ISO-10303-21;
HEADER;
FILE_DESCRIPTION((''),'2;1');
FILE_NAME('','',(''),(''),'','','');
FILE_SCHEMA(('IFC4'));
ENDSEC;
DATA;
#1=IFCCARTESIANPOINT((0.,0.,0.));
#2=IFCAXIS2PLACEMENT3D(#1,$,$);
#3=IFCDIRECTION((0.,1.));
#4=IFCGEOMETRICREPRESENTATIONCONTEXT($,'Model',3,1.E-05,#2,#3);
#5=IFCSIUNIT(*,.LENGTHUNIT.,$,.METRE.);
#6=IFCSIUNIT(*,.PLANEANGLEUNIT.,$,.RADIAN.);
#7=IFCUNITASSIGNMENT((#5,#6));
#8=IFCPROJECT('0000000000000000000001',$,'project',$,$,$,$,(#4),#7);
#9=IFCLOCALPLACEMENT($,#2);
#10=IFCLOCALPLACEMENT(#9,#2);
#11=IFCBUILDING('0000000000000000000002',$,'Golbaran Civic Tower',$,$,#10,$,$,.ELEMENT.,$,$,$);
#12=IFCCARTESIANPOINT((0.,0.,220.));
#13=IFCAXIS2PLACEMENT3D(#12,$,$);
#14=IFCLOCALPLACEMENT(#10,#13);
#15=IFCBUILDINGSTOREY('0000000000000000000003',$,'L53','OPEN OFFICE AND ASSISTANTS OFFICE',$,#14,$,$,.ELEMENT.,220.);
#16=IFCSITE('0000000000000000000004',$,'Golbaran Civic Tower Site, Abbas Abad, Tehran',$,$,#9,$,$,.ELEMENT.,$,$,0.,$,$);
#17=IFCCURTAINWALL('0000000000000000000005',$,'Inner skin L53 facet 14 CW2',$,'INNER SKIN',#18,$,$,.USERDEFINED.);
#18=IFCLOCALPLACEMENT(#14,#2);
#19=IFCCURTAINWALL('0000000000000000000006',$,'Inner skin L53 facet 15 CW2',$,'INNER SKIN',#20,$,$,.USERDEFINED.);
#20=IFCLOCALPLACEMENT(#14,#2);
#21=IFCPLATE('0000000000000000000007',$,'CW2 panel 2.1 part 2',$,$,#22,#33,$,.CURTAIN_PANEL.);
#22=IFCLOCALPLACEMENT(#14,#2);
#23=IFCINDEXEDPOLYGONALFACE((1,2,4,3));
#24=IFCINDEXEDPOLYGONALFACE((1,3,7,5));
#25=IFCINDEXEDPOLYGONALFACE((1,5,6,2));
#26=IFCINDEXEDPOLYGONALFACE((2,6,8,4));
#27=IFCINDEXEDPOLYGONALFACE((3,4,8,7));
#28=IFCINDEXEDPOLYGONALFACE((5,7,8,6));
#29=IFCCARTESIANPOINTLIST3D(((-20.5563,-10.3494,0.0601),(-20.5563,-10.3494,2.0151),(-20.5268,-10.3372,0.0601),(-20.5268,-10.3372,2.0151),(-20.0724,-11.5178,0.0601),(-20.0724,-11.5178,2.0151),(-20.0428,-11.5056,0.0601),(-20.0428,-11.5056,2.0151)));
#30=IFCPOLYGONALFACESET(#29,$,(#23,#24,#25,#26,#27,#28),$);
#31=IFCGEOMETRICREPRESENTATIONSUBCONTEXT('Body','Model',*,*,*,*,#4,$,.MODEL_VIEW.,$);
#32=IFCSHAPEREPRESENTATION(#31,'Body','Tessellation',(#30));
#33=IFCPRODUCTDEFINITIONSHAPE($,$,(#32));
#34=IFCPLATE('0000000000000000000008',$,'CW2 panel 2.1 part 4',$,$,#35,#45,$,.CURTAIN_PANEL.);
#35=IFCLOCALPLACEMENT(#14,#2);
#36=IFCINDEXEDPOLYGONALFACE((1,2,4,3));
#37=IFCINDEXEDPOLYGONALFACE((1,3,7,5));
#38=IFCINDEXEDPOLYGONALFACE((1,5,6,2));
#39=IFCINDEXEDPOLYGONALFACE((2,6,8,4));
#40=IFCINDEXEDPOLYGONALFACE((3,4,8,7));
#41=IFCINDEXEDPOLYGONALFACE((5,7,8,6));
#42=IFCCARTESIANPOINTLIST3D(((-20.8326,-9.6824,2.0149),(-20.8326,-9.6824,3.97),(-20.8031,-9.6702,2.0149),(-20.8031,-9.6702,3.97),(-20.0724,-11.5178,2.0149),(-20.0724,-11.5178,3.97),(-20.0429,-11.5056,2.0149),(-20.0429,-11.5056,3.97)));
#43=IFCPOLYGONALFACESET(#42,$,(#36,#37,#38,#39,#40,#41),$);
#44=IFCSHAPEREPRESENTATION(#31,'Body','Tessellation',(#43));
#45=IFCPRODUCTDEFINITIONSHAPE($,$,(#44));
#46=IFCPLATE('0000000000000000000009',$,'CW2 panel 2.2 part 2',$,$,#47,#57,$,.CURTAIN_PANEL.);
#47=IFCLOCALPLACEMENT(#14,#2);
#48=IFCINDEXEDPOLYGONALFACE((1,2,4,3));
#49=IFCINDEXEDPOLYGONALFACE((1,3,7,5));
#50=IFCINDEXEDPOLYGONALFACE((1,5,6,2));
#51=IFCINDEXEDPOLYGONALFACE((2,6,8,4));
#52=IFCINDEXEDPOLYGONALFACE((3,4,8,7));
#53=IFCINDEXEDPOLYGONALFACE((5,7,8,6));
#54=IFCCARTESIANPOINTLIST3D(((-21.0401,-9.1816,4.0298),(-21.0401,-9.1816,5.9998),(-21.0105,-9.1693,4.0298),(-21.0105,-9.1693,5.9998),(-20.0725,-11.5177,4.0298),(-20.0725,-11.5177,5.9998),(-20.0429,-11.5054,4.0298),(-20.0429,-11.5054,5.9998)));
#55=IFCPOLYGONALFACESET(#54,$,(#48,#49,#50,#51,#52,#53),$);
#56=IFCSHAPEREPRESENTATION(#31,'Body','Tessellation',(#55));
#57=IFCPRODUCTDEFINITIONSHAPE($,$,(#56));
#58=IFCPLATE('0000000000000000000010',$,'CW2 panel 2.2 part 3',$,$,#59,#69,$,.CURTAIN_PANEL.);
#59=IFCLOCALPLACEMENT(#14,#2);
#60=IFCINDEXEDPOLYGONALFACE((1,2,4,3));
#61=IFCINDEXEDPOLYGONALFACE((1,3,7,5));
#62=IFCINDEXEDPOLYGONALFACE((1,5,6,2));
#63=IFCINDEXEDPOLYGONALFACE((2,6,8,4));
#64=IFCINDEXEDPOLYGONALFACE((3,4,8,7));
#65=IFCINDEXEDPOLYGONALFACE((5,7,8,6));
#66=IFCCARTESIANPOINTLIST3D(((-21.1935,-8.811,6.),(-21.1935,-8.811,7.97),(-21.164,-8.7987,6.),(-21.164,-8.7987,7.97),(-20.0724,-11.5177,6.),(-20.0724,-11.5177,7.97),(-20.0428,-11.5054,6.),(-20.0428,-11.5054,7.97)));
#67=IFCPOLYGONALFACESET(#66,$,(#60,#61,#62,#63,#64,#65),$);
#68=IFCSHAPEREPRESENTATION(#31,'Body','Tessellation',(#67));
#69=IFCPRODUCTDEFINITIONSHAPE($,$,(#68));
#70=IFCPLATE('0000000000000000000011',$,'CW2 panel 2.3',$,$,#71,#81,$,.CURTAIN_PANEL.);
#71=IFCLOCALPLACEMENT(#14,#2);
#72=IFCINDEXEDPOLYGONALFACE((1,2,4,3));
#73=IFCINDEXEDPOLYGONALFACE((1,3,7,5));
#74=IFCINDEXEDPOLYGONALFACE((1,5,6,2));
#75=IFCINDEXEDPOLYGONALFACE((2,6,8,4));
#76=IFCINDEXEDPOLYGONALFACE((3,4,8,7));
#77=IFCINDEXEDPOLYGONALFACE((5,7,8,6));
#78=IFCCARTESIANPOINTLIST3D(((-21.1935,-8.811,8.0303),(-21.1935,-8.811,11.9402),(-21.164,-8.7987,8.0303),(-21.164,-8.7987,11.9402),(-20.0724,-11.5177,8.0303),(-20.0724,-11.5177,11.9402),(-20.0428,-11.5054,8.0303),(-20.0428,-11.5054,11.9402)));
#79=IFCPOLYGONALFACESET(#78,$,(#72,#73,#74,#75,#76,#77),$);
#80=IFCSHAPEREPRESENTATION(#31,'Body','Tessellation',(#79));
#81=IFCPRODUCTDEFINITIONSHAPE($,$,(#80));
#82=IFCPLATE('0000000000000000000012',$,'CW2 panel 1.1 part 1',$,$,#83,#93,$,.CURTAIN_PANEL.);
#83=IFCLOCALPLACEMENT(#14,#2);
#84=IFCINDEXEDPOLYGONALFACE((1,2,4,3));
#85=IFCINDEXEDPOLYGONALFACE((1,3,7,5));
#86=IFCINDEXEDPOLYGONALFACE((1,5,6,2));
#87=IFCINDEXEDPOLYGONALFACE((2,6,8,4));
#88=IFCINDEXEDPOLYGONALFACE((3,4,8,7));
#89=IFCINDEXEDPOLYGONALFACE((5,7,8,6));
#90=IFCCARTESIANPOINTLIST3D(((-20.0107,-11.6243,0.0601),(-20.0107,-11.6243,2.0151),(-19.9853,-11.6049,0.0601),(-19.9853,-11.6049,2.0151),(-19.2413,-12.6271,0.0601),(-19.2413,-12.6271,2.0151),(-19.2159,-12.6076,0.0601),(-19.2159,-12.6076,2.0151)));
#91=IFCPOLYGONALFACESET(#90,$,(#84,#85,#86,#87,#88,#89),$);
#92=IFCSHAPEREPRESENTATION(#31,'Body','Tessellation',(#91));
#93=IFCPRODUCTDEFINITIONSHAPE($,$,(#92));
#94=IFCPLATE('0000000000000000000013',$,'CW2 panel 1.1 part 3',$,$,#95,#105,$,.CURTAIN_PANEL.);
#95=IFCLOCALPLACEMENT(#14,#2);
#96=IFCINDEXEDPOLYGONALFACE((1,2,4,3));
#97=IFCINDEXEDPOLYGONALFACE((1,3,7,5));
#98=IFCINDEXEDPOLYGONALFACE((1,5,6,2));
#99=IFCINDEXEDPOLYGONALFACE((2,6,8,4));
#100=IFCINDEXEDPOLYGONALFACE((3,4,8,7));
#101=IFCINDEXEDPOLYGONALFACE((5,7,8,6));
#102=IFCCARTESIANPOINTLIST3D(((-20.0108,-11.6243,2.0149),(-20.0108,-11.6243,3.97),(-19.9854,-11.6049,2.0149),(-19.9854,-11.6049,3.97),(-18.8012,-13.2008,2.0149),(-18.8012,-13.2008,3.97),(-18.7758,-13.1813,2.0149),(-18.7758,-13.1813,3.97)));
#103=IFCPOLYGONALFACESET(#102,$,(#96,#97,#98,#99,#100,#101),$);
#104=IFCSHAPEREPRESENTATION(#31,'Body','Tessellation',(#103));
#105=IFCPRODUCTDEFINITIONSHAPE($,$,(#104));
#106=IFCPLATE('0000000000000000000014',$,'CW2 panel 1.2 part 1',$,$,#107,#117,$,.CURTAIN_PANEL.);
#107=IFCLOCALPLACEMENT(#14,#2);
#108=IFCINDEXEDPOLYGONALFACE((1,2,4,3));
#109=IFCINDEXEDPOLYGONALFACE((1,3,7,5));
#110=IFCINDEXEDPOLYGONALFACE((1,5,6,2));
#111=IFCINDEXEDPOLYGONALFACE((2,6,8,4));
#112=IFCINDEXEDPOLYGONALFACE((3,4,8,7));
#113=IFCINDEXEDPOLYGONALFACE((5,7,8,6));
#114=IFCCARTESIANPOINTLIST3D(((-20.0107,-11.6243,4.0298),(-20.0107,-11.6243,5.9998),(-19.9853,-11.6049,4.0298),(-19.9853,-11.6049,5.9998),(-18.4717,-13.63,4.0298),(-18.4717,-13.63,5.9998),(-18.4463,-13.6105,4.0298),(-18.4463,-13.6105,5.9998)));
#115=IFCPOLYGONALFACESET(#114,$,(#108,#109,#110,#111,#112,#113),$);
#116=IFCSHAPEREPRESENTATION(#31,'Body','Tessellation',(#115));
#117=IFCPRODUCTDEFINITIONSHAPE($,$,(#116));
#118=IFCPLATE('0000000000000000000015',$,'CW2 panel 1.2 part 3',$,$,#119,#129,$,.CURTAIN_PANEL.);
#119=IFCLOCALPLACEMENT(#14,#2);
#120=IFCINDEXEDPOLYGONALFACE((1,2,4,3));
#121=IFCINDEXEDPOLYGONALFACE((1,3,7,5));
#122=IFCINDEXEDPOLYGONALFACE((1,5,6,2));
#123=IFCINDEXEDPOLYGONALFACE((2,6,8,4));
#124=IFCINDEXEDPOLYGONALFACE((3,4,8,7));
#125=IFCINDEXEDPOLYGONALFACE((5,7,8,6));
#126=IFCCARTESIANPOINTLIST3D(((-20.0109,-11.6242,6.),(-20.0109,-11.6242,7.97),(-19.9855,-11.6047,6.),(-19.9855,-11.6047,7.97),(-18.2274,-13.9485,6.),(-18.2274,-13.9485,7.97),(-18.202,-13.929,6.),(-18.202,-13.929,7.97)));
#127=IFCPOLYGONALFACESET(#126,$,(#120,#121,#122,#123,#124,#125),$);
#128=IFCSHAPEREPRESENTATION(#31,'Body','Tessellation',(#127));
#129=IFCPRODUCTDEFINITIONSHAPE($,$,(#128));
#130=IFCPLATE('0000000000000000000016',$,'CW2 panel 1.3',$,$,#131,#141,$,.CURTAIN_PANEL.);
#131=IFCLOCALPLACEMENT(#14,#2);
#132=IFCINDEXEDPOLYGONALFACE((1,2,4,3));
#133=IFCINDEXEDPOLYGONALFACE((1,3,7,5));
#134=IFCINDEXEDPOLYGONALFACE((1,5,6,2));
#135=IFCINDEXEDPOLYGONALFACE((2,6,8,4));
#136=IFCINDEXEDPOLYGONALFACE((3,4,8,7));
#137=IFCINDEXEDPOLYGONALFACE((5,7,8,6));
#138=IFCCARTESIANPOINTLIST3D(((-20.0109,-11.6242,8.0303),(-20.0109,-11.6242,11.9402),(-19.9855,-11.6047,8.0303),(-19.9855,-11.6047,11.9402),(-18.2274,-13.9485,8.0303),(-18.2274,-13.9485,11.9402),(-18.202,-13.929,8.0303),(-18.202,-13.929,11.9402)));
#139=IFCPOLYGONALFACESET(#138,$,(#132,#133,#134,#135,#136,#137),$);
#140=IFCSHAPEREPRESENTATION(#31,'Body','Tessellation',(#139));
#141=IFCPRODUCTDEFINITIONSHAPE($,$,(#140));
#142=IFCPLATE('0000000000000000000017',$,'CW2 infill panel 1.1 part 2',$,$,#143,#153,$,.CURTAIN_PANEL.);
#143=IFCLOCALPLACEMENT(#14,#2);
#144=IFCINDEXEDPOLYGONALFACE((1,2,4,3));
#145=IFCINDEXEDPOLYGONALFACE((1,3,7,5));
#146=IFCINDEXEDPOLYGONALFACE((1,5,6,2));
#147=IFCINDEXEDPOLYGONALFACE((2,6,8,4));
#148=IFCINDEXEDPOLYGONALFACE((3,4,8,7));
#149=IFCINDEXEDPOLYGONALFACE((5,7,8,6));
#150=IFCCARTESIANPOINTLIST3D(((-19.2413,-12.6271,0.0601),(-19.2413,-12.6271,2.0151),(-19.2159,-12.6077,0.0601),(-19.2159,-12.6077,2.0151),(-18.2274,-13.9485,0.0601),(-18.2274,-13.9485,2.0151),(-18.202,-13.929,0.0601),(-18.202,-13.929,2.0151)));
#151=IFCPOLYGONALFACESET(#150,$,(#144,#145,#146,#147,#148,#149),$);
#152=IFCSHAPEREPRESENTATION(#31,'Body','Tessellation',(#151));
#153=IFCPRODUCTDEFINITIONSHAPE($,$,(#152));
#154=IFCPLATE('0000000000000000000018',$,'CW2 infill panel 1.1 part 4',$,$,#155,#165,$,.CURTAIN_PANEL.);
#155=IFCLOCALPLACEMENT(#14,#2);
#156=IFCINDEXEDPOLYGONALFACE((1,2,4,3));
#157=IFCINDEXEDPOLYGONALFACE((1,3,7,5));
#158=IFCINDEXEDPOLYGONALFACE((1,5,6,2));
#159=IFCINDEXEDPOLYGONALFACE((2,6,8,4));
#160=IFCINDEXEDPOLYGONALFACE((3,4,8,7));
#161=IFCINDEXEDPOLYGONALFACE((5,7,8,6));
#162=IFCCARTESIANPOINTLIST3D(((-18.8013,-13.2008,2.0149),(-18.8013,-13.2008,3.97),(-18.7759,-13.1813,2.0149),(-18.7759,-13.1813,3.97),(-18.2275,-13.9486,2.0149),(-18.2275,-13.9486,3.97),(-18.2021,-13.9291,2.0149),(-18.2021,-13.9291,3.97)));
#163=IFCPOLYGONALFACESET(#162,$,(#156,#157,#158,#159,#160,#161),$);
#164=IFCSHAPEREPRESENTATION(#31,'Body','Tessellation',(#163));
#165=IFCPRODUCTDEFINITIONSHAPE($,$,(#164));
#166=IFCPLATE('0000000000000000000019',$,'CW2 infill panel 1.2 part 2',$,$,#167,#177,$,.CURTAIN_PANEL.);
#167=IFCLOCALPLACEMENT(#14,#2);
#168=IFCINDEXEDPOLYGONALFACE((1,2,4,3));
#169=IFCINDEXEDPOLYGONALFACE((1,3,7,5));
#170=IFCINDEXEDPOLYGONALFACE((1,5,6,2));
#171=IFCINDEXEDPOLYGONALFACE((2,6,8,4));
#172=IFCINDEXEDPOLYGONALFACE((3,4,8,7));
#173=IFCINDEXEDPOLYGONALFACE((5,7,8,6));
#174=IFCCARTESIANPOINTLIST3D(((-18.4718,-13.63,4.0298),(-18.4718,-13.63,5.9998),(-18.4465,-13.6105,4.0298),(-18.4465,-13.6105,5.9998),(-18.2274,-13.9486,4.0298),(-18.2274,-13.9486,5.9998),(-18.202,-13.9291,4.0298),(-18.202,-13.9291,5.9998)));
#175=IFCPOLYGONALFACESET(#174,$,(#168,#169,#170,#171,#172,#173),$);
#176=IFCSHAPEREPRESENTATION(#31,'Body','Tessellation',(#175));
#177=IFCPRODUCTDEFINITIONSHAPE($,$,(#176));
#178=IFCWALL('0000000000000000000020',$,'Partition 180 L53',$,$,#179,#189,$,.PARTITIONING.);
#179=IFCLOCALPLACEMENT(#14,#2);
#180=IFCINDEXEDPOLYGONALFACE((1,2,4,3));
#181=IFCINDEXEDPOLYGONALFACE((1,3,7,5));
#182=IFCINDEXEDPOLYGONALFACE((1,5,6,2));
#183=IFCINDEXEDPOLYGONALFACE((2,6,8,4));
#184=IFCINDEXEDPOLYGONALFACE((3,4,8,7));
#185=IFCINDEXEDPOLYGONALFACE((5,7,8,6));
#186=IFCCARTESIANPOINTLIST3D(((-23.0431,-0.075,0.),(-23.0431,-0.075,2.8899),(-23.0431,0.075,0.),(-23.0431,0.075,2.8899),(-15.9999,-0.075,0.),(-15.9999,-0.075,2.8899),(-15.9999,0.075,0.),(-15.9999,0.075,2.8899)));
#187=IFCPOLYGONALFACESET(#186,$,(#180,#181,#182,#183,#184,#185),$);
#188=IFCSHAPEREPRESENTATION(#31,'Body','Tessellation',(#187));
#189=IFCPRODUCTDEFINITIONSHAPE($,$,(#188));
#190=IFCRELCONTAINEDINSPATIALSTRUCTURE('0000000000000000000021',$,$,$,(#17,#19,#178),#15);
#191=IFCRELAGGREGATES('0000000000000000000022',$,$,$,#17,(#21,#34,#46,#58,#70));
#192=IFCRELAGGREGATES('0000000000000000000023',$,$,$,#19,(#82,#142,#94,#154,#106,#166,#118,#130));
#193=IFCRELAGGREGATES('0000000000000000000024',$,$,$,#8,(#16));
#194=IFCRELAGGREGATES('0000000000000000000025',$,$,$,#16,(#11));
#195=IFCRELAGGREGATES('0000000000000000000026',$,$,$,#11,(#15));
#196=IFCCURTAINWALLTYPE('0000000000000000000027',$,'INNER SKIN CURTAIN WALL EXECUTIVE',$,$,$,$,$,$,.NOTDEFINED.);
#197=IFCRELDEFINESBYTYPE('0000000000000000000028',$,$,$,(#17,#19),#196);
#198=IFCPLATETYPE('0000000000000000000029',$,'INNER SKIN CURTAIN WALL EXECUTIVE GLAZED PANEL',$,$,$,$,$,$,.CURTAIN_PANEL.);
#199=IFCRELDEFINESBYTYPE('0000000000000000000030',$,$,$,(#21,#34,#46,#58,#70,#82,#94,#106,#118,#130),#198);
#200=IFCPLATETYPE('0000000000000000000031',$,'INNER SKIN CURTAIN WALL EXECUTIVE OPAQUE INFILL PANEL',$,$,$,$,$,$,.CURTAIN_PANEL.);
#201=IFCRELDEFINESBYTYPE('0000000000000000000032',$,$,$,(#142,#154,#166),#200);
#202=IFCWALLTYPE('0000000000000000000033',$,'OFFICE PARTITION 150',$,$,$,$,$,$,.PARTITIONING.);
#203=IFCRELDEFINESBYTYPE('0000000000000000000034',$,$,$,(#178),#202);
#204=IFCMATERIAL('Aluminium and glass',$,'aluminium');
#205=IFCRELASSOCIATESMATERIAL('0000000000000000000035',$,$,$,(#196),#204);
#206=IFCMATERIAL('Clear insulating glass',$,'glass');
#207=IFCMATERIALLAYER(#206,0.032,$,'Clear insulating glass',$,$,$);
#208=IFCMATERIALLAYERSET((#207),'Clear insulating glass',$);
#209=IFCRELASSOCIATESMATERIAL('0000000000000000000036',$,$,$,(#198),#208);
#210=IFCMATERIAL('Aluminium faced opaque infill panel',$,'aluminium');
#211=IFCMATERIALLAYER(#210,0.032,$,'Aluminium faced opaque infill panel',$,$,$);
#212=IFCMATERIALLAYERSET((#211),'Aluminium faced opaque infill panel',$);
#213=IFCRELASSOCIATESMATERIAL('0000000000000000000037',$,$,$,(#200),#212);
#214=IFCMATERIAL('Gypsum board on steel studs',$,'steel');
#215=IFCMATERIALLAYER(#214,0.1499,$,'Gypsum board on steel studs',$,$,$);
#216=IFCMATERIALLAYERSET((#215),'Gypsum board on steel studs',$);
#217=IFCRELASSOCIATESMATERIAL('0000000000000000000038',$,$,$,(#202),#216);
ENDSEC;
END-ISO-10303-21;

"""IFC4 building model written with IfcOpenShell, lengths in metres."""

from ifc_helpers import new_model, si_unit, direction, frame, frame_2d, origin, origin_2d, place, context, subcontext, project, spatial, rectangle, extrude, material, layer, layer_set, type_object, element, aggregate, save


model = new_model("IFC4")

# Units and contexts
model_context = context("Model", 3, precision=1e-05, world=origin(), true_north=direction((0.0, 1.0)))
body_context = subcontext(model_context, "Body", "Model", "MODEL_VIEW")
ifc_project = project(units=[si_unit("LENGTHUNIT", "METRE"), si_unit("PLANEANGLEUNIT", "RADIAN")], contexts=[model_context])

# Site, building, storey
site_placement = place(None, origin())
site = spatial("IfcSite", under=ifc_project, at=site_placement, Name="Golbaran Civic Tower Site, Abbas Abad, Tehran", CompositionType="ELEMENT", RefElevation=0.0)
building_placement = place(site_placement, origin())
building = spatial("IfcBuilding", under=site, at=building_placement, Name="Golbaran Civic Tower", CompositionType="ELEMENT")
storey_placement = place(building_placement, frame((0.0, 0.0, 220.0)))
storey = spatial("IfcBuildingStorey", under=building, at=storey_placement, Name="L53", Description="OPEN OFFICE AND ASSISTANTS OFFICE", CompositionType="ELEMENT", Elevation=220.0)

# Curtain wall
ifc_material_1 = material(Name="Aluminium and glass", Category="aluminium")
curtain_wall_type = type_object("IfcCurtainWallType", Name="INNER SKIN CURTAIN WALL EXECUTIVE", PredefinedType="NOTDEFINED", material=ifc_material_1)
curtain_wall_1_placement = place(storey_placement, origin())
curtain_wall_1 = element("IfcCurtainWall", 1, at=curtain_wall_1_placement, inside=storey, type_object=curtain_wall_type, Name="Inner skin L53 facet 14 CW2", ObjectType="INNER SKIN", PredefinedType="USERDEFINED")

# Curtain wall
curtain_wall_2_placement = place(storey_placement, origin())
curtain_wall_2 = element("IfcCurtainWall", 2, at=curtain_wall_2_placement, inside=storey, type_object=curtain_wall_type, Name="Inner skin L53 facet 15 CW2", ObjectType="INNER SKIN", PredefinedType="USERDEFINED")

# Plates
ifc_material_2 = material(Name="Clear insulating glass", Category="glass")
ifc_layer_1 = layer(ifc_material_2, 0.032, Name="Clear insulating glass")
ifc_layer_set_1 = layer_set([ifc_layer_1], Name="Clear insulating glass")
plate_type_1 = type_object("IfcPlateType", Name="INNER SKIN CURTAIN WALL EXECUTIVE GLAZED PANEL", PredefinedType="CURTAIN_PANEL", material=ifc_layer_set_1)
plate_1_placement = place(storey_placement, frame((-20.2996, -10.9275, 0.0601), z_axis=(0.0, 0.0, 1.0), x_axis=(0.382683, -0.92388, 0.0)))
plate_1 = element("IfcPlate", 3, at=plate_1_placement, type_object=plate_type_1, Name="CW2 panel 2.1 part 2", PredefinedType="CURTAIN_PANEL", context=body_context, shape_type="SweptSolid", body=[
    extrude(rectangle(XDim=1.2646, YDim=0.032, at=origin_2d()), origin(), (0.0, 0.0, 1.0), 1.9551),
])
plate_2_placement = place(storey_placement, frame((-20.4377, -10.594, 2.0149), z_axis=(0.0, 0.0, 1.0), x_axis=(0.382683, -0.92388, 0.0)))
plate_2 = element("IfcPlate", 4, at=plate_2_placement, type_object=plate_type_1, Name="CW2 panel 2.1 part 4", PredefinedType="CURTAIN_PANEL", context=body_context, shape_type="SweptSolid", body=[
    extrude(rectangle(XDim=1.9866, YDim=0.032, at=origin_2d()), origin(), (0.0, 0.0, 1.0), 1.9551),
])
plate_3_placement = place(storey_placement, frame((-20.5415, -10.3435, 4.0298), z_axis=(0.0, 0.0, 1.0), x_axis=(0.382683, -0.92388, 0.0)))
plate_3 = element("IfcPlate", 5, at=plate_3_placement, type_object=plate_type_1, Name="CW2 panel 2.2 part 2", PredefinedType="CURTAIN_PANEL", context=body_context, shape_type="SweptSolid", body=[
    extrude(rectangle(XDim=2.5286, YDim=0.032, at=origin_2d()), origin(), (0.0, 0.0, 1.0), 1.97),
])
plate_4_placement = place(storey_placement, frame((-20.6182, -10.1582, 6.0), z_axis=(0.0, 0.0, 1.0), x_axis=(0.382683, -0.92388, 0.0)))
plate_4 = element("IfcPlate", 6, at=plate_4_placement, type_object=plate_type_1, Name="CW2 panel 2.2 part 3", PredefinedType="CURTAIN_PANEL", context=body_context, shape_type="SweptSolid", body=[
    extrude(rectangle(XDim=2.9297, YDim=0.032, at=origin_2d()), origin(), (0.0, 0.0, 1.0), 1.97),
])
plate_5_placement = place(storey_placement, frame((-20.6182, -10.1582, 8.0303), z_axis=(0.0, 0.0, 1.0), x_axis=(0.382683, -0.92388, 0.0)))
plate_5 = element("IfcPlate", 7, at=plate_5_placement, type_object=plate_type_1, Name="CW2 panel 2.3", PredefinedType="CURTAIN_PANEL", context=body_context, shape_type="SweptSolid", body=[
    extrude(rectangle(XDim=2.9297, YDim=0.032, at=origin_2d()), origin(), (0.0, 0.0, 1.0), 3.9099),
])
aggregate(curtain_wall_1, [plate_1, plate_2, plate_3, plate_4, plate_5])
plate_6_placement = place(storey_placement, frame((-19.6133, -12.116, 0.0601), z_axis=(0.0, 0.0, 1.0), x_axis=(0.608761, -0.793353, 0.0)))
plate_6 = element("IfcPlate", 8, at=plate_6_placement, type_object=plate_type_1, Name="CW2 panel 1.1 part 1", PredefinedType="CURTAIN_PANEL", context=body_context, shape_type="SweptSolid", body=[
    extrude(rectangle(XDim=1.2639, YDim=0.032, at=origin_2d()), origin(), (0.0, 0.0, 1.0), 1.9551),
])
plate_7_placement = place(storey_placement, frame((-19.3933, -12.4028, 2.0149), z_axis=(0.0, 0.0, 1.0), x_axis=(0.608761, -0.793353, 0.0)))
plate_7 = element("IfcPlate", 9, at=plate_7_placement, type_object=plate_type_1, Name="CW2 panel 1.1 part 3", PredefinedType="CURTAIN_PANEL", context=body_context, shape_type="SweptSolid", body=[
    extrude(rectangle(XDim=1.9871, YDim=0.032, at=origin_2d()), origin(), (0.0, 0.0, 1.0), 1.9551),
])
plate_8_placement = place(storey_placement, frame((-19.2285, -12.6174, 4.0298), z_axis=(0.0, 0.0, 1.0), x_axis=(0.608761, -0.793353, 0.0)))
plate_8 = element("IfcPlate", 10, at=plate_8_placement, type_object=plate_type_1, Name="CW2 panel 1.2 part 1", PredefinedType="CURTAIN_PANEL", context=body_context, shape_type="SweptSolid", body=[
    extrude(rectangle(XDim=2.5281, YDim=0.032, at=origin_2d()), origin(), (0.0, 0.0, 1.0), 1.97),
])
plate_9_placement = place(storey_placement, frame((-19.1064, -12.7766, 6.0), z_axis=(0.0, 0.0, 1.0), x_axis=(0.608761, -0.793353, 0.0)))
plate_9 = element("IfcPlate", 11, at=plate_9_placement, type_object=plate_type_1, Name="CW2 panel 1.2 part 3", PredefinedType="CURTAIN_PANEL", context=body_context, shape_type="SweptSolid", body=[
    extrude(rectangle(XDim=2.9297, YDim=0.032, at=origin_2d()), origin(), (0.0, 0.0, 1.0), 1.97),
])
plate_10_placement = place(storey_placement, frame((-19.1064, -12.7766, 8.0303), z_axis=(0.0, 0.0, 1.0), x_axis=(0.608761, -0.793353, 0.0)))
plate_10 = element("IfcPlate", 12, at=plate_10_placement, type_object=plate_type_1, Name="CW2 panel 1.3", PredefinedType="CURTAIN_PANEL", context=body_context, shape_type="SweptSolid", body=[
    extrude(rectangle(XDim=2.9297, YDim=0.032, at=origin_2d()), origin(), (0.0, 0.0, 1.0), 3.9099),
])
ifc_material_3 = material(Name="Aluminium faced opaque infill panel", Category="aluminium")
ifc_layer_2 = layer(ifc_material_3, 0.032, Name="Aluminium faced opaque infill panel")
ifc_layer_set_2 = layer_set([ifc_layer_2], Name="Aluminium faced opaque infill panel")
plate_type_2 = type_object("IfcPlateType", Name="INNER SKIN CURTAIN WALL EXECUTIVE OPAQUE INFILL PANEL", PredefinedType="CURTAIN_PANEL", material=ifc_layer_set_2)
plate_11_placement = place(storey_placement, frame((-18.7217, -13.2781, 0.0601), z_axis=(0.0, 0.0, 1.0), x_axis=(0.608761, -0.793353, 0.0)))
plate_11 = element("IfcPlate", 13, at=plate_11_placement, type_object=plate_type_2, Name="CW2 infill panel 1.1 part 2", PredefinedType="CURTAIN_PANEL", context=body_context, shape_type="SweptSolid", body=[
    extrude(rectangle(XDim=1.6655, YDim=0.032, at=origin_2d()), origin(), (0.0, 0.0, 1.0), 1.9551),
])
plate_12_placement = place(storey_placement, frame((-18.5017, -13.5649, 2.0149), z_axis=(0.0, 0.0, 1.0), x_axis=(0.608761, -0.793353, 0.0)))
plate_12 = element("IfcPlate", 14, at=plate_12_placement, type_object=plate_type_2, Name="CW2 infill panel 1.1 part 4", PredefinedType="CURTAIN_PANEL", context=body_context, shape_type="SweptSolid", body=[
    extrude(rectangle(XDim=0.9426, YDim=0.032, at=origin_2d()), origin(), (0.0, 0.0, 1.0), 1.9551),
])
plate_13_placement = place(storey_placement, frame((-18.3369, -13.7795, 4.0298), z_axis=(0.0, 0.0, 1.0), x_axis=(0.608761, -0.793353, 0.0)))
plate_13 = element("IfcPlate", 15, at=plate_13_placement, type_object=plate_type_2, Name="CW2 infill panel 1.2 part 2", PredefinedType="CURTAIN_PANEL", context=body_context, shape_type="SweptSolid", body=[
    extrude(rectangle(XDim=0.4016, YDim=0.032, at=origin_2d()), origin(), (0.0, 0.0, 1.0), 1.97),
])
aggregate(curtain_wall_2, [plate_6, plate_11, plate_7, plate_12, plate_8, plate_13, plate_9, plate_10])

# Wall
ifc_material_4 = material(Name="Gypsum board on steel studs", Category="steel")
ifc_layer_3 = layer(ifc_material_4, 0.1499, Name="Gypsum board on steel studs")
ifc_layer_set_3 = layer_set([ifc_layer_3], Name="Gypsum board on steel studs")
wall_type = type_object("IfcWallType", Name="OFFICE PARTITION 150", PredefinedType="PARTITIONING", material=ifc_layer_set_3)
wall_1_placement = place(storey_placement, frame((-16.0, 0.0, 0.0), z_axis=(0.0, 0.0, 1.0), x_axis=(-1.0, 0.0, 0.0)))
element("IfcWall", 16, at=wall_1_placement, inside=storey, type_object=wall_type, Name="Partition 180 L53", PredefinedType="PARTITIONING", context=body_context, shape_type="SweptSolid", body=[
    extrude(rectangle(XDim=7.0432, YDim=0.1499, at=frame_2d((3.5215, 0.0))), origin(), (0.0, 0.0, 1.0), 2.8899),
])

save(model, "model.ifc")
